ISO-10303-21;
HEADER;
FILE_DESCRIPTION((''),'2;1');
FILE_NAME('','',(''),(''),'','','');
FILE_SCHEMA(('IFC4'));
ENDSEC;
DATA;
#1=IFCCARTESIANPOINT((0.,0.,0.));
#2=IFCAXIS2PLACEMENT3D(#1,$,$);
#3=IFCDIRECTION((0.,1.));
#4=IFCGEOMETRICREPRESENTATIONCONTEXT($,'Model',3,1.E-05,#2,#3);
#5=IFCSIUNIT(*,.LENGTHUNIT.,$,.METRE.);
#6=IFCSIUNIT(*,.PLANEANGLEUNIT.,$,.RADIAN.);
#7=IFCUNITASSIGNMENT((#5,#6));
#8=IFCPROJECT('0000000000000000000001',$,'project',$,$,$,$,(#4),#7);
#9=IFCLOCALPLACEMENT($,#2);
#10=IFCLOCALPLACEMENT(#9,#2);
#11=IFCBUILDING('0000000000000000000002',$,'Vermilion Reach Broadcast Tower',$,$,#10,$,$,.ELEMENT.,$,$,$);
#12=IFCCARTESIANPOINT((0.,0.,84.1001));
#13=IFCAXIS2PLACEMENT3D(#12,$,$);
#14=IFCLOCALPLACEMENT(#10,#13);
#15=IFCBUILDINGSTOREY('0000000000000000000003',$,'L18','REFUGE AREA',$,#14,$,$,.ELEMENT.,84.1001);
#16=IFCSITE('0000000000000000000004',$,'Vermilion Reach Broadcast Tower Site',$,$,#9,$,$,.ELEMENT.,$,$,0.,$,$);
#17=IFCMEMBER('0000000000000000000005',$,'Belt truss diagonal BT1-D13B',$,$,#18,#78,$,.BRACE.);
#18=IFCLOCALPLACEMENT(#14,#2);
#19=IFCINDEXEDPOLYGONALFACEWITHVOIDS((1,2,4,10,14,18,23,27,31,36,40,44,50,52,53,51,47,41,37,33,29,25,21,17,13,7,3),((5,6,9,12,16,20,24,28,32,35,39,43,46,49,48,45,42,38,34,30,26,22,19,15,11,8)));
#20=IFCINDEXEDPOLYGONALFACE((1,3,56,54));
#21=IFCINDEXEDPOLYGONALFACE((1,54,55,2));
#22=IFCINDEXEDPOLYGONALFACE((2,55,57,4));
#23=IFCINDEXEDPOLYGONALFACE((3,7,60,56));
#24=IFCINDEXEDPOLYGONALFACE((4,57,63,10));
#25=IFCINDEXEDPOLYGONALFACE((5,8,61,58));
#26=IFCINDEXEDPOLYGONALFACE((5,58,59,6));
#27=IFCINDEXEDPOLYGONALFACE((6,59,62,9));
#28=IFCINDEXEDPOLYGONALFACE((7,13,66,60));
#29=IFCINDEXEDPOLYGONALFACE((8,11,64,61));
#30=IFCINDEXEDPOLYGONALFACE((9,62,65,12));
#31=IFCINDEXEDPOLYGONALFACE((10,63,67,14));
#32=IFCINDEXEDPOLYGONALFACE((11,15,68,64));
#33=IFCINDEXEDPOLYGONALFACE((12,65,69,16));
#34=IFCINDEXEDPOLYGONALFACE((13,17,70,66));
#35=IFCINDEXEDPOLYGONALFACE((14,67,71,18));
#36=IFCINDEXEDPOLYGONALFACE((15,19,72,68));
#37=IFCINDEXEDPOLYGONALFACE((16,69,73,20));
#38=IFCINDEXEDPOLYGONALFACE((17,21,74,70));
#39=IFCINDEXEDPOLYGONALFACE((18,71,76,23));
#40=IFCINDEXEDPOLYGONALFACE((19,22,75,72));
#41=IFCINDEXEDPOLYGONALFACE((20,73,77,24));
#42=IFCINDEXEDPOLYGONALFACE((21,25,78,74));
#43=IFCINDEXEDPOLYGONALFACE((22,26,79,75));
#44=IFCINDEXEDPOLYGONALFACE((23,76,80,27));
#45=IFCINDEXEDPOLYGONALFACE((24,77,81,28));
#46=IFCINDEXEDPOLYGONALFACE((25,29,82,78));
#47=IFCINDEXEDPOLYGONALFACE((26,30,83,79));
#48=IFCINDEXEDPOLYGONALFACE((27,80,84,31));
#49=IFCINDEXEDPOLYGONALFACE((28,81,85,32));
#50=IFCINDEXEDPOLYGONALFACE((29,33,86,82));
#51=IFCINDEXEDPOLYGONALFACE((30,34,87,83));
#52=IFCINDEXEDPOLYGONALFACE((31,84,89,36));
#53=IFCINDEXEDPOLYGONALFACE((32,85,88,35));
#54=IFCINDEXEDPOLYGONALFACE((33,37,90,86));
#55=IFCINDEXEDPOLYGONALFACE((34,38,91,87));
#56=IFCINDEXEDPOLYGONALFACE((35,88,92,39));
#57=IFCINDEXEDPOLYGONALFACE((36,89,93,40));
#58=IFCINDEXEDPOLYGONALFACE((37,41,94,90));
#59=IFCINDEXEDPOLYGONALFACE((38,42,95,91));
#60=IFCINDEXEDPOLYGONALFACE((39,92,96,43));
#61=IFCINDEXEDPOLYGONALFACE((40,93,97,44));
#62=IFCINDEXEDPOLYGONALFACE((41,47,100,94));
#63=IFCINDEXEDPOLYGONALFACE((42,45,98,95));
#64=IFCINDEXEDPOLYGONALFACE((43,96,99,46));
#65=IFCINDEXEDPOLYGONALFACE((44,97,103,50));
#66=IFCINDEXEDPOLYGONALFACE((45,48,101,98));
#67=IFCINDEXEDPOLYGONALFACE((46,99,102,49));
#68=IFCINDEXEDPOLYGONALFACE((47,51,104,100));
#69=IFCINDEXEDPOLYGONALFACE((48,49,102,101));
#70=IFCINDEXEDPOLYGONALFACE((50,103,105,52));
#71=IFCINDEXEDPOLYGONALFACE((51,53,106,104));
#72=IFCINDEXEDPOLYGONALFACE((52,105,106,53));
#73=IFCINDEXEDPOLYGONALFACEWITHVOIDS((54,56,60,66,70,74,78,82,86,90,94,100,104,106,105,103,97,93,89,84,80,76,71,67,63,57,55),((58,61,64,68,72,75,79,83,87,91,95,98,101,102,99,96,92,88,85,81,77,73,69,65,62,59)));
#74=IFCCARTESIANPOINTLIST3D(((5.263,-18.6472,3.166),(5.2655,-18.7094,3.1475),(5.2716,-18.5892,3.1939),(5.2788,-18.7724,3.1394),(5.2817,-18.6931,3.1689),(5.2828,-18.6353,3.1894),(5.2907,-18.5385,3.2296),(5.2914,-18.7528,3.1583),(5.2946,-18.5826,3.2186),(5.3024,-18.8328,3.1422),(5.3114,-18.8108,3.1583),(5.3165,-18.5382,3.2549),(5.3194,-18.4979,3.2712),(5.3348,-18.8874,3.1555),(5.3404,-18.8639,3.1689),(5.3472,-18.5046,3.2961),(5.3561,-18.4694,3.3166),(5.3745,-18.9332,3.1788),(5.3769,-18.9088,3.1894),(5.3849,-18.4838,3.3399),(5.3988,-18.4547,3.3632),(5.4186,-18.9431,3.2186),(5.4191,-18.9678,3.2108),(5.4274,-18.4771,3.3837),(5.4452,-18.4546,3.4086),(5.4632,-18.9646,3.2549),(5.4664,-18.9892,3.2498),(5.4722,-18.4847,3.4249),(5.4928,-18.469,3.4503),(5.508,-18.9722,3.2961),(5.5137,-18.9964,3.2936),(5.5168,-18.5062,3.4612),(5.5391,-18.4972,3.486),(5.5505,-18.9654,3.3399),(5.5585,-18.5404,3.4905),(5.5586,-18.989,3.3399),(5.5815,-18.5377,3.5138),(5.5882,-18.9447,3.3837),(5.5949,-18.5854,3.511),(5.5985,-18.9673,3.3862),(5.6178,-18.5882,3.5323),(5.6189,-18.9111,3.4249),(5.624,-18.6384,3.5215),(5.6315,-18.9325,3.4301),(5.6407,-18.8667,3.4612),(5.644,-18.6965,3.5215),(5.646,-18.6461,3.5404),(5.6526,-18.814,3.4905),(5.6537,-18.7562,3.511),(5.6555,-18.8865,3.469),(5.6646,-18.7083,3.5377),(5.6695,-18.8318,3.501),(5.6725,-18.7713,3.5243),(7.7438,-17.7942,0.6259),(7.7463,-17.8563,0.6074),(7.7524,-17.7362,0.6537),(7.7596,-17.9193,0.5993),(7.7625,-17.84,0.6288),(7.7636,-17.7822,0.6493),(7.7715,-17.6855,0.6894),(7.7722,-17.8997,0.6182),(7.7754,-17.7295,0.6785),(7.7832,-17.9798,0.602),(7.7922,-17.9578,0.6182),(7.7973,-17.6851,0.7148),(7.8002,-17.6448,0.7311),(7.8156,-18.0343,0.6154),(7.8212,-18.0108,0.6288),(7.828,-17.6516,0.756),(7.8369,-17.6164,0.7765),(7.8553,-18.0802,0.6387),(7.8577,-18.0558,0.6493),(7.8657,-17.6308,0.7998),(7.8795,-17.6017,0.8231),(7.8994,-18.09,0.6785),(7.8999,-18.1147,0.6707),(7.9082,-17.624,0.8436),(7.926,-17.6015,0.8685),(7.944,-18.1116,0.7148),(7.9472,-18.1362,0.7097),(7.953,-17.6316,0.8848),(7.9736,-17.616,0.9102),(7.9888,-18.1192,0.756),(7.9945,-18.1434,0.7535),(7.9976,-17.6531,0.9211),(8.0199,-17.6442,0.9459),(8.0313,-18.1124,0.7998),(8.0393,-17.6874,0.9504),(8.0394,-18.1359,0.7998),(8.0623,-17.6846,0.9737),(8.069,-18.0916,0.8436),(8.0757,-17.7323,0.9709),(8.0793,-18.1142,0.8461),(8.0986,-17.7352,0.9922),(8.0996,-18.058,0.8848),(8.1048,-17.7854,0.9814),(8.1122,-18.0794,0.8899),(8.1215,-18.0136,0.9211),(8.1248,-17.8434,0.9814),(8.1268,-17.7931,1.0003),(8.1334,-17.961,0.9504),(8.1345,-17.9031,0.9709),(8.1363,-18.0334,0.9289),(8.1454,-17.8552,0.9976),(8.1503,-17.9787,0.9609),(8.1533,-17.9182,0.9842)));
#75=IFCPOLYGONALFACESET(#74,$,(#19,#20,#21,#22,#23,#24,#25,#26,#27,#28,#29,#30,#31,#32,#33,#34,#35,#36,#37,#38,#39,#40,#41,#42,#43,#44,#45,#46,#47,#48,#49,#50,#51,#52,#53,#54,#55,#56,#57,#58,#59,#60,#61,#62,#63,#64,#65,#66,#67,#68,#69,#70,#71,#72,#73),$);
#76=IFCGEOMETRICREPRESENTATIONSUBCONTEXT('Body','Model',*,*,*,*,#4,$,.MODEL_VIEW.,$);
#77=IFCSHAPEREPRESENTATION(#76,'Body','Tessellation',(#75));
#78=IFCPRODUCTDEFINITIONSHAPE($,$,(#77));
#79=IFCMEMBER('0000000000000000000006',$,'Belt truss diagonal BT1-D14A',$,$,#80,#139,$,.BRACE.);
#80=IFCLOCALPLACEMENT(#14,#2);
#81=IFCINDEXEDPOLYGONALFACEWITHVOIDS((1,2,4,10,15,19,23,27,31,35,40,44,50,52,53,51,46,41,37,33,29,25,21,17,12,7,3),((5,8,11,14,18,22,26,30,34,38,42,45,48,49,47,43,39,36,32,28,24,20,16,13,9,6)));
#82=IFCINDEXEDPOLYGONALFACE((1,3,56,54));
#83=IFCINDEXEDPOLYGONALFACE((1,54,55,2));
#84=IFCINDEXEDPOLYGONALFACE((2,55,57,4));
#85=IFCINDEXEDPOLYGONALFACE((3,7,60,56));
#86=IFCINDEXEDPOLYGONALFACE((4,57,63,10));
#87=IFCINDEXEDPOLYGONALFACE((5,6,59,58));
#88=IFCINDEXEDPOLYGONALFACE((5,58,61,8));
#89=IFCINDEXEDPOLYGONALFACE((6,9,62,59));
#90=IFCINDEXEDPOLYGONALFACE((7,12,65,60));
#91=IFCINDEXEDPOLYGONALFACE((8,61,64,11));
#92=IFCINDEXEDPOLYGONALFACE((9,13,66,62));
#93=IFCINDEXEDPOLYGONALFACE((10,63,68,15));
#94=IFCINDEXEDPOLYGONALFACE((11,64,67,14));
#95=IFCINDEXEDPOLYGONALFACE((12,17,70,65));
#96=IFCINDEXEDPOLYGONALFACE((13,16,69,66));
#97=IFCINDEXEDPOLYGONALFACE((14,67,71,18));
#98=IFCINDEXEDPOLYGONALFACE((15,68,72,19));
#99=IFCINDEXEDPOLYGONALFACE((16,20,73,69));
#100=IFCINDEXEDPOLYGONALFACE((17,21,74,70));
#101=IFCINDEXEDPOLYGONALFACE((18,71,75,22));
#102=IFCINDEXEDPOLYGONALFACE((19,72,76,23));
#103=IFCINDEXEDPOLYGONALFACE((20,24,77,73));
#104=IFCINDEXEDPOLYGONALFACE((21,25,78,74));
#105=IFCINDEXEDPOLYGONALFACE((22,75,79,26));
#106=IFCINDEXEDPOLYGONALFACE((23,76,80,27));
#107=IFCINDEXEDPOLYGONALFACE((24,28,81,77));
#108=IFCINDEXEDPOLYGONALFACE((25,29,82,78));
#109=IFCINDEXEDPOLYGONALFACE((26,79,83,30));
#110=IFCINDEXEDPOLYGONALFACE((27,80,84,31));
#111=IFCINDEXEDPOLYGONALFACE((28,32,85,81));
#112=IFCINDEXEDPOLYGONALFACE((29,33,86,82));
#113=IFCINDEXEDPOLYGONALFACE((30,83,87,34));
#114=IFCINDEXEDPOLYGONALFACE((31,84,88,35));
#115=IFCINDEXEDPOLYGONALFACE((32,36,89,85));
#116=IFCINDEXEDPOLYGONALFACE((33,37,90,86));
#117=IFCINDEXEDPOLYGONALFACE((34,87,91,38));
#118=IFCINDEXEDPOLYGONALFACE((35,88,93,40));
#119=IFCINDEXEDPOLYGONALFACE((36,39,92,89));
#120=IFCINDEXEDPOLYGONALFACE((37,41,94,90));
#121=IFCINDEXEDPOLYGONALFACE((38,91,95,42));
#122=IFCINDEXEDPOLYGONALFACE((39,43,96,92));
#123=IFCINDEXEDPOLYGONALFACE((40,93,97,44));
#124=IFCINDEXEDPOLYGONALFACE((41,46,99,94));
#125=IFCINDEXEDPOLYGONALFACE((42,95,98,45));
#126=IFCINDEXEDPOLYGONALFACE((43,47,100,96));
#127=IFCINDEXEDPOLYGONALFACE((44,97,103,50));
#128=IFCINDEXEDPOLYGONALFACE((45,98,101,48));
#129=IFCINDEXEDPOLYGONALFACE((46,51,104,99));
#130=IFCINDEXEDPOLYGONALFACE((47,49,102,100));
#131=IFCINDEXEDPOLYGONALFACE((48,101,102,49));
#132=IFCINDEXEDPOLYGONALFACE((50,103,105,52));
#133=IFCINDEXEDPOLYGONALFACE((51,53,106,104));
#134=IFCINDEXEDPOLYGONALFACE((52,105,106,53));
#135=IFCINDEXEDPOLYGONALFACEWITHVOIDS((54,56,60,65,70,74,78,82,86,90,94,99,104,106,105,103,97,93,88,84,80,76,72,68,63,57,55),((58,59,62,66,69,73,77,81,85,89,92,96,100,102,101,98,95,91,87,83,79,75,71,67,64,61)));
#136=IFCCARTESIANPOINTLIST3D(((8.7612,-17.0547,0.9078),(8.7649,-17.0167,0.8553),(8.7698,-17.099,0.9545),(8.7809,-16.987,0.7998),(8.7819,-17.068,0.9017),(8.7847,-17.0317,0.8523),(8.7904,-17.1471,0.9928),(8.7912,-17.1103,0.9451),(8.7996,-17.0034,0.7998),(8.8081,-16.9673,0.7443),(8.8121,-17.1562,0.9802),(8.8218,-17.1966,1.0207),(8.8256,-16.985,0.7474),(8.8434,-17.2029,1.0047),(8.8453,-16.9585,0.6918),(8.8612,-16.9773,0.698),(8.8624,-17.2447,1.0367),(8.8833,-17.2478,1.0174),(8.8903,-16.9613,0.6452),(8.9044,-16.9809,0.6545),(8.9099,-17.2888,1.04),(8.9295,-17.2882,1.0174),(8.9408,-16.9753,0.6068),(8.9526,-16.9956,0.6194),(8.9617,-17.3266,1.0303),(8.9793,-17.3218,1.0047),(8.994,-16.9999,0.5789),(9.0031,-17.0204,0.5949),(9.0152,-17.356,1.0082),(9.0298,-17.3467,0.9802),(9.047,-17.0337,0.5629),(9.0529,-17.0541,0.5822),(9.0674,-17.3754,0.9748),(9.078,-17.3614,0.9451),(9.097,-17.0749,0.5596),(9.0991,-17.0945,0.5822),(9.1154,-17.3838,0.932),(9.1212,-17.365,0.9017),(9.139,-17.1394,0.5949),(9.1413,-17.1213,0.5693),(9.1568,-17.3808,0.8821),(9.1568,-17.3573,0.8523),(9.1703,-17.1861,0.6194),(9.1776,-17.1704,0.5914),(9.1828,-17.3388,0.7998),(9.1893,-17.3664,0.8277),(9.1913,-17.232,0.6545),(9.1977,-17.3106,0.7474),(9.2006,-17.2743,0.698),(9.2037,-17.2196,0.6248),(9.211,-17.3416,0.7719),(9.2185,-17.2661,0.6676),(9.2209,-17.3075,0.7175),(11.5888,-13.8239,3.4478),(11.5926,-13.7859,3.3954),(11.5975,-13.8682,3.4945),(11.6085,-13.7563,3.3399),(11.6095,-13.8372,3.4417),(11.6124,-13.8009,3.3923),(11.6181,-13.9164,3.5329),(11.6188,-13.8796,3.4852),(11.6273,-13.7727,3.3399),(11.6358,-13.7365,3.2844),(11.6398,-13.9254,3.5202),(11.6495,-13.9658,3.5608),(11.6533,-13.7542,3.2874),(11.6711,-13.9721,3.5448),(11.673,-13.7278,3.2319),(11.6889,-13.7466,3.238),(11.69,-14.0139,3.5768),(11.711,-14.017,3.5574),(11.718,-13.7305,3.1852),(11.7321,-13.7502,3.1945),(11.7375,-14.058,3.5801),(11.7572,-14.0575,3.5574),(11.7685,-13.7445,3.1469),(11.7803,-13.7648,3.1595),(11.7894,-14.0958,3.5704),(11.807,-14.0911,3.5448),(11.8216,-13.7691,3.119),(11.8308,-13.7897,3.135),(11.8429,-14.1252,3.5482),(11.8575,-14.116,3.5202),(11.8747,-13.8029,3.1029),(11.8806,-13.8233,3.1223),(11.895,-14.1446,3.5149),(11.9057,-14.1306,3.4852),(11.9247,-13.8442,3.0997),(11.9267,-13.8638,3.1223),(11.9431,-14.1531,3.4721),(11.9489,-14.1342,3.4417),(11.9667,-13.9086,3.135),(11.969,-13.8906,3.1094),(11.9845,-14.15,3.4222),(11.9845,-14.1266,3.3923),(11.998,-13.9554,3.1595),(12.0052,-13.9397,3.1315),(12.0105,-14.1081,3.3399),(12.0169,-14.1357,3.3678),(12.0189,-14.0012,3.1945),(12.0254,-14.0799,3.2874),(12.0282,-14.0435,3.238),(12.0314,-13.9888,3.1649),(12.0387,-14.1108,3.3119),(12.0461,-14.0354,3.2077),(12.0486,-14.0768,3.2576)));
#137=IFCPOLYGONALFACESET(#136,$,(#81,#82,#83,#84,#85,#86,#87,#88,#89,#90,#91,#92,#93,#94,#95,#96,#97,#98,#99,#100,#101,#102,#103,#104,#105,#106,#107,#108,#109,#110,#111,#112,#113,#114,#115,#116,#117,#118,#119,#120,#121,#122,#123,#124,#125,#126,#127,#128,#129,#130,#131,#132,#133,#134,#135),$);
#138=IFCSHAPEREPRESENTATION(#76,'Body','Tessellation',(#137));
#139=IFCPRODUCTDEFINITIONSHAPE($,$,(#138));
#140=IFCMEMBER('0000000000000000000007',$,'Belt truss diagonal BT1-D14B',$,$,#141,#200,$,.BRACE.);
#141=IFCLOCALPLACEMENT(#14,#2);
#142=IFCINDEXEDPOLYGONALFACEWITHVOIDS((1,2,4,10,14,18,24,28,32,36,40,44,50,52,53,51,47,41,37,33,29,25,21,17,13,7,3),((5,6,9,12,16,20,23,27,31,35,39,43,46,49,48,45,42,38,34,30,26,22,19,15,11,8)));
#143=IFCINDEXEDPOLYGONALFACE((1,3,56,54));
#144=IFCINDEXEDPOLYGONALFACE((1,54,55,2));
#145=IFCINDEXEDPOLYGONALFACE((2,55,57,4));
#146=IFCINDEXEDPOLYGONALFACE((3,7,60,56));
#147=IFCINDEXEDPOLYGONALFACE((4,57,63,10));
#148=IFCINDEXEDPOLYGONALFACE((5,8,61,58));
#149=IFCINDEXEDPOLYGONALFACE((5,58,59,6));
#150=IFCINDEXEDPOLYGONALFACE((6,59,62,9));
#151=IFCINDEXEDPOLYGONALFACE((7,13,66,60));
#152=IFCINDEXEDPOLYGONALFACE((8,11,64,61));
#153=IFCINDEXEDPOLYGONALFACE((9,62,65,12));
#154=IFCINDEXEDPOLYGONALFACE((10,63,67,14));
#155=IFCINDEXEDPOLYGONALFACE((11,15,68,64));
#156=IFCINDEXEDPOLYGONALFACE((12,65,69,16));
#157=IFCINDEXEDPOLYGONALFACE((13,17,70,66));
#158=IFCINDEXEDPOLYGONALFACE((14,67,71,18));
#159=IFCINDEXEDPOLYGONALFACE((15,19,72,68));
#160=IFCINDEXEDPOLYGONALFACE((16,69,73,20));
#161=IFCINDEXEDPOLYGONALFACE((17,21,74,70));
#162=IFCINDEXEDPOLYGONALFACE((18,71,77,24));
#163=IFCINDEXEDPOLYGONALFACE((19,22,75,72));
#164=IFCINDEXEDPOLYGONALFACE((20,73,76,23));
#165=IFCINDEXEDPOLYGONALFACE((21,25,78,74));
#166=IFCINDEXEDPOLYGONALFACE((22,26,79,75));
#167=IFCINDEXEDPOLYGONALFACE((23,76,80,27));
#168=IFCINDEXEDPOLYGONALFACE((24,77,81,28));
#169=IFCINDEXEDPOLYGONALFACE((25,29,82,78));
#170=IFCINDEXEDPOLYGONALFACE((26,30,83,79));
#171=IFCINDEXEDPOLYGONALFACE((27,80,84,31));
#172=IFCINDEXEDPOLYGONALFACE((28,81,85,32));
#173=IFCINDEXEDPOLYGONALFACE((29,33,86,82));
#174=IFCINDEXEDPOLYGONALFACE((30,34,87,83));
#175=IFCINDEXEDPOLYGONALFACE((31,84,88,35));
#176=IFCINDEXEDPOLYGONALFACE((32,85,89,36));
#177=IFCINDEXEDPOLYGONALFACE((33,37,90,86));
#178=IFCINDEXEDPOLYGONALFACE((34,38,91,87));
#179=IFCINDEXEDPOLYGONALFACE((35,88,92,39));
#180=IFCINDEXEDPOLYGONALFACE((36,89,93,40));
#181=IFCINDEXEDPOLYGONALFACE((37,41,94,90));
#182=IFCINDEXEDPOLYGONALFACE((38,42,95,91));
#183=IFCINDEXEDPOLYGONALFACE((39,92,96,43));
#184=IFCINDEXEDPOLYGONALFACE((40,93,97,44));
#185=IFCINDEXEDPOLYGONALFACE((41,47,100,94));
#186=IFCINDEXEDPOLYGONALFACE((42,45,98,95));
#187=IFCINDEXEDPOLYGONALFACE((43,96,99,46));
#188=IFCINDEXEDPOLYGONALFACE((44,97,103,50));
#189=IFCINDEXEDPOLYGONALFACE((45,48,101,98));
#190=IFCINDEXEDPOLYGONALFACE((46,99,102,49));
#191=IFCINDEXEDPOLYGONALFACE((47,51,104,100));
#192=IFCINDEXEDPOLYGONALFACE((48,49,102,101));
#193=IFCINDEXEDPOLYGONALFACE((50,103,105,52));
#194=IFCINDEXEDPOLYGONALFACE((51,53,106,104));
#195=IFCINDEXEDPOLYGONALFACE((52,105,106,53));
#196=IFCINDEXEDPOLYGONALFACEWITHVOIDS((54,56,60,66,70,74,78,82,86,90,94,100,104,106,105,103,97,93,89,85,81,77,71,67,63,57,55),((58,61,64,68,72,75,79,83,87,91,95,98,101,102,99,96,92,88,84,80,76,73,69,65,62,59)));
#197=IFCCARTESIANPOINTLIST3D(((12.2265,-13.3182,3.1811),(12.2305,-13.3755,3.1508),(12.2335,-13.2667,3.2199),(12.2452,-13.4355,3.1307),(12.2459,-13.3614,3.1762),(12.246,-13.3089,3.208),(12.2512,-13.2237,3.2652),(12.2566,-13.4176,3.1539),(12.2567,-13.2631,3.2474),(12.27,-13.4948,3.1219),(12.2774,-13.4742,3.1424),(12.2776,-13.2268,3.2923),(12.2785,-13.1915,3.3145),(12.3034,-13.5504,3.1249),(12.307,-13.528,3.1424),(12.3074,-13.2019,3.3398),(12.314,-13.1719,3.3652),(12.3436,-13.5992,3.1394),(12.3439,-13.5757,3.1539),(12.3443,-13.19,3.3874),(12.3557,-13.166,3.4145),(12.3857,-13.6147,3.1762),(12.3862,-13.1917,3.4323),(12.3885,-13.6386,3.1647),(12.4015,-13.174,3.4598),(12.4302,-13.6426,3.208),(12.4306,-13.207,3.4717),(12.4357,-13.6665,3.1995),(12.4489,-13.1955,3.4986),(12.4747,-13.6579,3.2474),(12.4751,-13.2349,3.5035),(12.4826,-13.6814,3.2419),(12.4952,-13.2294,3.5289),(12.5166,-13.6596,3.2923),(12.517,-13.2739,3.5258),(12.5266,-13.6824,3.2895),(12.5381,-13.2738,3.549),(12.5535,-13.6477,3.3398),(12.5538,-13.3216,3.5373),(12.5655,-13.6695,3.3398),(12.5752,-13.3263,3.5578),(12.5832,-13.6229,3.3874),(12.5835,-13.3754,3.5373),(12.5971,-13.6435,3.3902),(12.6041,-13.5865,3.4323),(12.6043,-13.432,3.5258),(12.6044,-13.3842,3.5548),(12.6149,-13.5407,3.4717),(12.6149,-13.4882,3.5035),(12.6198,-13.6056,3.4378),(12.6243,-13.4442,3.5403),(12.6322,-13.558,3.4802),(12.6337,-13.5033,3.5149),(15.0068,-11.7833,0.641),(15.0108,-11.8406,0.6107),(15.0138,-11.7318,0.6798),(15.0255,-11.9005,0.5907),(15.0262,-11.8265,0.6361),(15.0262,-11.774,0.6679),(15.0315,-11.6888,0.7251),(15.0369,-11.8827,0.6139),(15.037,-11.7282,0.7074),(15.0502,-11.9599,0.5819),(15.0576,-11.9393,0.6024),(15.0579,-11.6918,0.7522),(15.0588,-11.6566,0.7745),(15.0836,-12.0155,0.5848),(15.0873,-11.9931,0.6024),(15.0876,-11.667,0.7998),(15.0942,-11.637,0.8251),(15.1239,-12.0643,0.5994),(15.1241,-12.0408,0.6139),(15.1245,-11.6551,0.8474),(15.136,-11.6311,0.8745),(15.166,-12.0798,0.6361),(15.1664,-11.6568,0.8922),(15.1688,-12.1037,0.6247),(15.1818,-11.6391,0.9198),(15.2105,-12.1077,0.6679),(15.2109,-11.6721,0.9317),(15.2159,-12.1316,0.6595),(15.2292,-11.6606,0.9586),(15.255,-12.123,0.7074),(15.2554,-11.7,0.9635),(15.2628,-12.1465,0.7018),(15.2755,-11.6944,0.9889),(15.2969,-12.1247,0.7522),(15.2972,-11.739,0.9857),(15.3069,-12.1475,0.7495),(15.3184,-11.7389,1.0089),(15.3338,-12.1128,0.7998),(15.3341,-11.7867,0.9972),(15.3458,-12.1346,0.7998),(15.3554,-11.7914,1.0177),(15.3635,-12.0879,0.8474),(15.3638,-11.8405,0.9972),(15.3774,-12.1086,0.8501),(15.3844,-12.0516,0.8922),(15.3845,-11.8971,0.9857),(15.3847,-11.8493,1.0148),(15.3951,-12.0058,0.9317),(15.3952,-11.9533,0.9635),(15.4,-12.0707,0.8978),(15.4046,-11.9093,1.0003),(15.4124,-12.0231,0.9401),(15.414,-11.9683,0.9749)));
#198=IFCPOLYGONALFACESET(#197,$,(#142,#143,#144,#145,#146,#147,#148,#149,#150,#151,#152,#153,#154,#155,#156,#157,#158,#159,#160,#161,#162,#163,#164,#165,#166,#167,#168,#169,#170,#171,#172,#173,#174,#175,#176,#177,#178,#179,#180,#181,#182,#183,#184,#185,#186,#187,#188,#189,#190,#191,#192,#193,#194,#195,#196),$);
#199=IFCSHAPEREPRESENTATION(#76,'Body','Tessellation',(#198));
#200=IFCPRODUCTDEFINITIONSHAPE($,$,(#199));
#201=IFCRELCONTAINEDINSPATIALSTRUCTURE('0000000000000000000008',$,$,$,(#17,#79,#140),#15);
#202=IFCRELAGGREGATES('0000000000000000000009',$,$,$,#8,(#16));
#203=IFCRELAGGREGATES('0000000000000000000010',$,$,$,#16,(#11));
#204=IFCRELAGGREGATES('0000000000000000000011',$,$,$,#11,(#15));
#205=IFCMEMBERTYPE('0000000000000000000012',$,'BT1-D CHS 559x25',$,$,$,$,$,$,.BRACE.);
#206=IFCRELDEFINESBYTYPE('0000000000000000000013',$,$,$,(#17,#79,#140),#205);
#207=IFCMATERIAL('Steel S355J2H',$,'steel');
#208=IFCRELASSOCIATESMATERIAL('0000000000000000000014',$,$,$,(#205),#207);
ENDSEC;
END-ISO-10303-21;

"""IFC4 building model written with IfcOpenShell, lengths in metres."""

from ifc_helpers import new_model, si_unit, direction, frame, origin, origin_2d, place, context, subcontext, project, spatial, hollow_circle, extrude, material, material_profile, profile_set, type_object, element, save


model = new_model("IFC4")

# Units and contexts
model_context = context("Model", 3, precision=1e-05, world=origin(), true_north=direction((0.0, 1.0)))
body_context = subcontext(model_context, "Body", "Model", "MODEL_VIEW")
ifc_project = project(units=[si_unit("LENGTHUNIT", "METRE"), si_unit("PLANEANGLEUNIT", "RADIAN")], contexts=[model_context])

# Site, building, storey
site_placement = place(None, origin())
site = spatial("IfcSite", under=ifc_project, at=site_placement, Name="Vermilion Reach Broadcast Tower Site", CompositionType="ELEMENT", RefElevation=0.0)
building_placement = place(site_placement, origin())
building = spatial("IfcBuilding", under=site, at=building_placement, Name="Vermilion Reach Broadcast Tower", CompositionType="ELEMENT")
storey_placement = place(building_placement, frame((0.0, 0.0, 84.1001)))
storey = spatial("IfcBuildingStorey", under=building, at=storey_placement, Name="L18", Description="REFUGE AREA", CompositionType="ELEMENT", Elevation=84.1001)

# Members
ifc_material_1 = material(Name="Steel S355J2H", Category="steel")
ifc_material_profile_1 = material_profile(ifc_material_1, hollow_circle(Radius=0.2795, WallThickness=0.0249, at=origin_2d()), Name="S355J2H CHS 559x25")
ifc_profile_set_1 = profile_set([ifc_material_profile_1], Name="Steel S355J2H")
member_type_1 = type_object("IfcMemberType", Name="BT1-D CHS 559x25", PredefinedType="BRACE", material=ifc_profile_set_1)
member_1_placement = place(storey_placement, frame((7.9485, -17.8716, 0.7998), z_axis=(-0.67937, -0.233611, 0.695617), x_axis=(0.325176, -0.945654, 0.0)))
element("IfcMember", 1, at=member_1_placement, inside=storey, type_object=member_type_1, Name="Belt truss diagonal BT1-D13B", PredefinedType="BRACE", context=body_context, shape_type="SweptSolid", body=[
    extrude(hollow_circle(Radius=0.2795, WallThickness=0.0249, at=origin_2d()), origin(), (0.0, 0.0, 1.0), 3.6516),
])
member_2_placement = place(storey_placement, frame((8.9912, -17.1711, 0.7998), z_axis=(0.566834, 0.647636, 0.509182), x_axis=(-0.752489, 0.658605, 0.0)))
element("IfcMember", 2, at=member_2_placement, inside=storey, type_object=member_type_1, Name="Belt truss diagonal BT1-D14A", PredefinedType="BRACE", context=body_context, shape_type="SweptSolid", body=[
    extrude(hollow_circle(Radius=0.2795, WallThickness=0.0249, at=origin_2d()), origin(), (0.0, 0.0, 1.0), 4.9885),
])
member_3_placement = place(storey_placement, frame((15.2107, -11.8899, 0.7998), z_axis=(-0.683676, -0.377439, 0.624602), x_axis=(0.483311, -0.875449, 0.0)))
element("IfcMember", 3, at=member_3_placement, inside=storey, type_object=member_type_1, Name="Belt truss diagonal BT1-D14B", PredefinedType="BRACE", context=body_context, shape_type="SweptSolid", body=[
    extrude(hollow_circle(Radius=0.2795, WallThickness=0.0249, at=origin_2d()), origin(), (0.0, 0.0, 1.0), 4.0667),
])

save(model, "model.ifc")
